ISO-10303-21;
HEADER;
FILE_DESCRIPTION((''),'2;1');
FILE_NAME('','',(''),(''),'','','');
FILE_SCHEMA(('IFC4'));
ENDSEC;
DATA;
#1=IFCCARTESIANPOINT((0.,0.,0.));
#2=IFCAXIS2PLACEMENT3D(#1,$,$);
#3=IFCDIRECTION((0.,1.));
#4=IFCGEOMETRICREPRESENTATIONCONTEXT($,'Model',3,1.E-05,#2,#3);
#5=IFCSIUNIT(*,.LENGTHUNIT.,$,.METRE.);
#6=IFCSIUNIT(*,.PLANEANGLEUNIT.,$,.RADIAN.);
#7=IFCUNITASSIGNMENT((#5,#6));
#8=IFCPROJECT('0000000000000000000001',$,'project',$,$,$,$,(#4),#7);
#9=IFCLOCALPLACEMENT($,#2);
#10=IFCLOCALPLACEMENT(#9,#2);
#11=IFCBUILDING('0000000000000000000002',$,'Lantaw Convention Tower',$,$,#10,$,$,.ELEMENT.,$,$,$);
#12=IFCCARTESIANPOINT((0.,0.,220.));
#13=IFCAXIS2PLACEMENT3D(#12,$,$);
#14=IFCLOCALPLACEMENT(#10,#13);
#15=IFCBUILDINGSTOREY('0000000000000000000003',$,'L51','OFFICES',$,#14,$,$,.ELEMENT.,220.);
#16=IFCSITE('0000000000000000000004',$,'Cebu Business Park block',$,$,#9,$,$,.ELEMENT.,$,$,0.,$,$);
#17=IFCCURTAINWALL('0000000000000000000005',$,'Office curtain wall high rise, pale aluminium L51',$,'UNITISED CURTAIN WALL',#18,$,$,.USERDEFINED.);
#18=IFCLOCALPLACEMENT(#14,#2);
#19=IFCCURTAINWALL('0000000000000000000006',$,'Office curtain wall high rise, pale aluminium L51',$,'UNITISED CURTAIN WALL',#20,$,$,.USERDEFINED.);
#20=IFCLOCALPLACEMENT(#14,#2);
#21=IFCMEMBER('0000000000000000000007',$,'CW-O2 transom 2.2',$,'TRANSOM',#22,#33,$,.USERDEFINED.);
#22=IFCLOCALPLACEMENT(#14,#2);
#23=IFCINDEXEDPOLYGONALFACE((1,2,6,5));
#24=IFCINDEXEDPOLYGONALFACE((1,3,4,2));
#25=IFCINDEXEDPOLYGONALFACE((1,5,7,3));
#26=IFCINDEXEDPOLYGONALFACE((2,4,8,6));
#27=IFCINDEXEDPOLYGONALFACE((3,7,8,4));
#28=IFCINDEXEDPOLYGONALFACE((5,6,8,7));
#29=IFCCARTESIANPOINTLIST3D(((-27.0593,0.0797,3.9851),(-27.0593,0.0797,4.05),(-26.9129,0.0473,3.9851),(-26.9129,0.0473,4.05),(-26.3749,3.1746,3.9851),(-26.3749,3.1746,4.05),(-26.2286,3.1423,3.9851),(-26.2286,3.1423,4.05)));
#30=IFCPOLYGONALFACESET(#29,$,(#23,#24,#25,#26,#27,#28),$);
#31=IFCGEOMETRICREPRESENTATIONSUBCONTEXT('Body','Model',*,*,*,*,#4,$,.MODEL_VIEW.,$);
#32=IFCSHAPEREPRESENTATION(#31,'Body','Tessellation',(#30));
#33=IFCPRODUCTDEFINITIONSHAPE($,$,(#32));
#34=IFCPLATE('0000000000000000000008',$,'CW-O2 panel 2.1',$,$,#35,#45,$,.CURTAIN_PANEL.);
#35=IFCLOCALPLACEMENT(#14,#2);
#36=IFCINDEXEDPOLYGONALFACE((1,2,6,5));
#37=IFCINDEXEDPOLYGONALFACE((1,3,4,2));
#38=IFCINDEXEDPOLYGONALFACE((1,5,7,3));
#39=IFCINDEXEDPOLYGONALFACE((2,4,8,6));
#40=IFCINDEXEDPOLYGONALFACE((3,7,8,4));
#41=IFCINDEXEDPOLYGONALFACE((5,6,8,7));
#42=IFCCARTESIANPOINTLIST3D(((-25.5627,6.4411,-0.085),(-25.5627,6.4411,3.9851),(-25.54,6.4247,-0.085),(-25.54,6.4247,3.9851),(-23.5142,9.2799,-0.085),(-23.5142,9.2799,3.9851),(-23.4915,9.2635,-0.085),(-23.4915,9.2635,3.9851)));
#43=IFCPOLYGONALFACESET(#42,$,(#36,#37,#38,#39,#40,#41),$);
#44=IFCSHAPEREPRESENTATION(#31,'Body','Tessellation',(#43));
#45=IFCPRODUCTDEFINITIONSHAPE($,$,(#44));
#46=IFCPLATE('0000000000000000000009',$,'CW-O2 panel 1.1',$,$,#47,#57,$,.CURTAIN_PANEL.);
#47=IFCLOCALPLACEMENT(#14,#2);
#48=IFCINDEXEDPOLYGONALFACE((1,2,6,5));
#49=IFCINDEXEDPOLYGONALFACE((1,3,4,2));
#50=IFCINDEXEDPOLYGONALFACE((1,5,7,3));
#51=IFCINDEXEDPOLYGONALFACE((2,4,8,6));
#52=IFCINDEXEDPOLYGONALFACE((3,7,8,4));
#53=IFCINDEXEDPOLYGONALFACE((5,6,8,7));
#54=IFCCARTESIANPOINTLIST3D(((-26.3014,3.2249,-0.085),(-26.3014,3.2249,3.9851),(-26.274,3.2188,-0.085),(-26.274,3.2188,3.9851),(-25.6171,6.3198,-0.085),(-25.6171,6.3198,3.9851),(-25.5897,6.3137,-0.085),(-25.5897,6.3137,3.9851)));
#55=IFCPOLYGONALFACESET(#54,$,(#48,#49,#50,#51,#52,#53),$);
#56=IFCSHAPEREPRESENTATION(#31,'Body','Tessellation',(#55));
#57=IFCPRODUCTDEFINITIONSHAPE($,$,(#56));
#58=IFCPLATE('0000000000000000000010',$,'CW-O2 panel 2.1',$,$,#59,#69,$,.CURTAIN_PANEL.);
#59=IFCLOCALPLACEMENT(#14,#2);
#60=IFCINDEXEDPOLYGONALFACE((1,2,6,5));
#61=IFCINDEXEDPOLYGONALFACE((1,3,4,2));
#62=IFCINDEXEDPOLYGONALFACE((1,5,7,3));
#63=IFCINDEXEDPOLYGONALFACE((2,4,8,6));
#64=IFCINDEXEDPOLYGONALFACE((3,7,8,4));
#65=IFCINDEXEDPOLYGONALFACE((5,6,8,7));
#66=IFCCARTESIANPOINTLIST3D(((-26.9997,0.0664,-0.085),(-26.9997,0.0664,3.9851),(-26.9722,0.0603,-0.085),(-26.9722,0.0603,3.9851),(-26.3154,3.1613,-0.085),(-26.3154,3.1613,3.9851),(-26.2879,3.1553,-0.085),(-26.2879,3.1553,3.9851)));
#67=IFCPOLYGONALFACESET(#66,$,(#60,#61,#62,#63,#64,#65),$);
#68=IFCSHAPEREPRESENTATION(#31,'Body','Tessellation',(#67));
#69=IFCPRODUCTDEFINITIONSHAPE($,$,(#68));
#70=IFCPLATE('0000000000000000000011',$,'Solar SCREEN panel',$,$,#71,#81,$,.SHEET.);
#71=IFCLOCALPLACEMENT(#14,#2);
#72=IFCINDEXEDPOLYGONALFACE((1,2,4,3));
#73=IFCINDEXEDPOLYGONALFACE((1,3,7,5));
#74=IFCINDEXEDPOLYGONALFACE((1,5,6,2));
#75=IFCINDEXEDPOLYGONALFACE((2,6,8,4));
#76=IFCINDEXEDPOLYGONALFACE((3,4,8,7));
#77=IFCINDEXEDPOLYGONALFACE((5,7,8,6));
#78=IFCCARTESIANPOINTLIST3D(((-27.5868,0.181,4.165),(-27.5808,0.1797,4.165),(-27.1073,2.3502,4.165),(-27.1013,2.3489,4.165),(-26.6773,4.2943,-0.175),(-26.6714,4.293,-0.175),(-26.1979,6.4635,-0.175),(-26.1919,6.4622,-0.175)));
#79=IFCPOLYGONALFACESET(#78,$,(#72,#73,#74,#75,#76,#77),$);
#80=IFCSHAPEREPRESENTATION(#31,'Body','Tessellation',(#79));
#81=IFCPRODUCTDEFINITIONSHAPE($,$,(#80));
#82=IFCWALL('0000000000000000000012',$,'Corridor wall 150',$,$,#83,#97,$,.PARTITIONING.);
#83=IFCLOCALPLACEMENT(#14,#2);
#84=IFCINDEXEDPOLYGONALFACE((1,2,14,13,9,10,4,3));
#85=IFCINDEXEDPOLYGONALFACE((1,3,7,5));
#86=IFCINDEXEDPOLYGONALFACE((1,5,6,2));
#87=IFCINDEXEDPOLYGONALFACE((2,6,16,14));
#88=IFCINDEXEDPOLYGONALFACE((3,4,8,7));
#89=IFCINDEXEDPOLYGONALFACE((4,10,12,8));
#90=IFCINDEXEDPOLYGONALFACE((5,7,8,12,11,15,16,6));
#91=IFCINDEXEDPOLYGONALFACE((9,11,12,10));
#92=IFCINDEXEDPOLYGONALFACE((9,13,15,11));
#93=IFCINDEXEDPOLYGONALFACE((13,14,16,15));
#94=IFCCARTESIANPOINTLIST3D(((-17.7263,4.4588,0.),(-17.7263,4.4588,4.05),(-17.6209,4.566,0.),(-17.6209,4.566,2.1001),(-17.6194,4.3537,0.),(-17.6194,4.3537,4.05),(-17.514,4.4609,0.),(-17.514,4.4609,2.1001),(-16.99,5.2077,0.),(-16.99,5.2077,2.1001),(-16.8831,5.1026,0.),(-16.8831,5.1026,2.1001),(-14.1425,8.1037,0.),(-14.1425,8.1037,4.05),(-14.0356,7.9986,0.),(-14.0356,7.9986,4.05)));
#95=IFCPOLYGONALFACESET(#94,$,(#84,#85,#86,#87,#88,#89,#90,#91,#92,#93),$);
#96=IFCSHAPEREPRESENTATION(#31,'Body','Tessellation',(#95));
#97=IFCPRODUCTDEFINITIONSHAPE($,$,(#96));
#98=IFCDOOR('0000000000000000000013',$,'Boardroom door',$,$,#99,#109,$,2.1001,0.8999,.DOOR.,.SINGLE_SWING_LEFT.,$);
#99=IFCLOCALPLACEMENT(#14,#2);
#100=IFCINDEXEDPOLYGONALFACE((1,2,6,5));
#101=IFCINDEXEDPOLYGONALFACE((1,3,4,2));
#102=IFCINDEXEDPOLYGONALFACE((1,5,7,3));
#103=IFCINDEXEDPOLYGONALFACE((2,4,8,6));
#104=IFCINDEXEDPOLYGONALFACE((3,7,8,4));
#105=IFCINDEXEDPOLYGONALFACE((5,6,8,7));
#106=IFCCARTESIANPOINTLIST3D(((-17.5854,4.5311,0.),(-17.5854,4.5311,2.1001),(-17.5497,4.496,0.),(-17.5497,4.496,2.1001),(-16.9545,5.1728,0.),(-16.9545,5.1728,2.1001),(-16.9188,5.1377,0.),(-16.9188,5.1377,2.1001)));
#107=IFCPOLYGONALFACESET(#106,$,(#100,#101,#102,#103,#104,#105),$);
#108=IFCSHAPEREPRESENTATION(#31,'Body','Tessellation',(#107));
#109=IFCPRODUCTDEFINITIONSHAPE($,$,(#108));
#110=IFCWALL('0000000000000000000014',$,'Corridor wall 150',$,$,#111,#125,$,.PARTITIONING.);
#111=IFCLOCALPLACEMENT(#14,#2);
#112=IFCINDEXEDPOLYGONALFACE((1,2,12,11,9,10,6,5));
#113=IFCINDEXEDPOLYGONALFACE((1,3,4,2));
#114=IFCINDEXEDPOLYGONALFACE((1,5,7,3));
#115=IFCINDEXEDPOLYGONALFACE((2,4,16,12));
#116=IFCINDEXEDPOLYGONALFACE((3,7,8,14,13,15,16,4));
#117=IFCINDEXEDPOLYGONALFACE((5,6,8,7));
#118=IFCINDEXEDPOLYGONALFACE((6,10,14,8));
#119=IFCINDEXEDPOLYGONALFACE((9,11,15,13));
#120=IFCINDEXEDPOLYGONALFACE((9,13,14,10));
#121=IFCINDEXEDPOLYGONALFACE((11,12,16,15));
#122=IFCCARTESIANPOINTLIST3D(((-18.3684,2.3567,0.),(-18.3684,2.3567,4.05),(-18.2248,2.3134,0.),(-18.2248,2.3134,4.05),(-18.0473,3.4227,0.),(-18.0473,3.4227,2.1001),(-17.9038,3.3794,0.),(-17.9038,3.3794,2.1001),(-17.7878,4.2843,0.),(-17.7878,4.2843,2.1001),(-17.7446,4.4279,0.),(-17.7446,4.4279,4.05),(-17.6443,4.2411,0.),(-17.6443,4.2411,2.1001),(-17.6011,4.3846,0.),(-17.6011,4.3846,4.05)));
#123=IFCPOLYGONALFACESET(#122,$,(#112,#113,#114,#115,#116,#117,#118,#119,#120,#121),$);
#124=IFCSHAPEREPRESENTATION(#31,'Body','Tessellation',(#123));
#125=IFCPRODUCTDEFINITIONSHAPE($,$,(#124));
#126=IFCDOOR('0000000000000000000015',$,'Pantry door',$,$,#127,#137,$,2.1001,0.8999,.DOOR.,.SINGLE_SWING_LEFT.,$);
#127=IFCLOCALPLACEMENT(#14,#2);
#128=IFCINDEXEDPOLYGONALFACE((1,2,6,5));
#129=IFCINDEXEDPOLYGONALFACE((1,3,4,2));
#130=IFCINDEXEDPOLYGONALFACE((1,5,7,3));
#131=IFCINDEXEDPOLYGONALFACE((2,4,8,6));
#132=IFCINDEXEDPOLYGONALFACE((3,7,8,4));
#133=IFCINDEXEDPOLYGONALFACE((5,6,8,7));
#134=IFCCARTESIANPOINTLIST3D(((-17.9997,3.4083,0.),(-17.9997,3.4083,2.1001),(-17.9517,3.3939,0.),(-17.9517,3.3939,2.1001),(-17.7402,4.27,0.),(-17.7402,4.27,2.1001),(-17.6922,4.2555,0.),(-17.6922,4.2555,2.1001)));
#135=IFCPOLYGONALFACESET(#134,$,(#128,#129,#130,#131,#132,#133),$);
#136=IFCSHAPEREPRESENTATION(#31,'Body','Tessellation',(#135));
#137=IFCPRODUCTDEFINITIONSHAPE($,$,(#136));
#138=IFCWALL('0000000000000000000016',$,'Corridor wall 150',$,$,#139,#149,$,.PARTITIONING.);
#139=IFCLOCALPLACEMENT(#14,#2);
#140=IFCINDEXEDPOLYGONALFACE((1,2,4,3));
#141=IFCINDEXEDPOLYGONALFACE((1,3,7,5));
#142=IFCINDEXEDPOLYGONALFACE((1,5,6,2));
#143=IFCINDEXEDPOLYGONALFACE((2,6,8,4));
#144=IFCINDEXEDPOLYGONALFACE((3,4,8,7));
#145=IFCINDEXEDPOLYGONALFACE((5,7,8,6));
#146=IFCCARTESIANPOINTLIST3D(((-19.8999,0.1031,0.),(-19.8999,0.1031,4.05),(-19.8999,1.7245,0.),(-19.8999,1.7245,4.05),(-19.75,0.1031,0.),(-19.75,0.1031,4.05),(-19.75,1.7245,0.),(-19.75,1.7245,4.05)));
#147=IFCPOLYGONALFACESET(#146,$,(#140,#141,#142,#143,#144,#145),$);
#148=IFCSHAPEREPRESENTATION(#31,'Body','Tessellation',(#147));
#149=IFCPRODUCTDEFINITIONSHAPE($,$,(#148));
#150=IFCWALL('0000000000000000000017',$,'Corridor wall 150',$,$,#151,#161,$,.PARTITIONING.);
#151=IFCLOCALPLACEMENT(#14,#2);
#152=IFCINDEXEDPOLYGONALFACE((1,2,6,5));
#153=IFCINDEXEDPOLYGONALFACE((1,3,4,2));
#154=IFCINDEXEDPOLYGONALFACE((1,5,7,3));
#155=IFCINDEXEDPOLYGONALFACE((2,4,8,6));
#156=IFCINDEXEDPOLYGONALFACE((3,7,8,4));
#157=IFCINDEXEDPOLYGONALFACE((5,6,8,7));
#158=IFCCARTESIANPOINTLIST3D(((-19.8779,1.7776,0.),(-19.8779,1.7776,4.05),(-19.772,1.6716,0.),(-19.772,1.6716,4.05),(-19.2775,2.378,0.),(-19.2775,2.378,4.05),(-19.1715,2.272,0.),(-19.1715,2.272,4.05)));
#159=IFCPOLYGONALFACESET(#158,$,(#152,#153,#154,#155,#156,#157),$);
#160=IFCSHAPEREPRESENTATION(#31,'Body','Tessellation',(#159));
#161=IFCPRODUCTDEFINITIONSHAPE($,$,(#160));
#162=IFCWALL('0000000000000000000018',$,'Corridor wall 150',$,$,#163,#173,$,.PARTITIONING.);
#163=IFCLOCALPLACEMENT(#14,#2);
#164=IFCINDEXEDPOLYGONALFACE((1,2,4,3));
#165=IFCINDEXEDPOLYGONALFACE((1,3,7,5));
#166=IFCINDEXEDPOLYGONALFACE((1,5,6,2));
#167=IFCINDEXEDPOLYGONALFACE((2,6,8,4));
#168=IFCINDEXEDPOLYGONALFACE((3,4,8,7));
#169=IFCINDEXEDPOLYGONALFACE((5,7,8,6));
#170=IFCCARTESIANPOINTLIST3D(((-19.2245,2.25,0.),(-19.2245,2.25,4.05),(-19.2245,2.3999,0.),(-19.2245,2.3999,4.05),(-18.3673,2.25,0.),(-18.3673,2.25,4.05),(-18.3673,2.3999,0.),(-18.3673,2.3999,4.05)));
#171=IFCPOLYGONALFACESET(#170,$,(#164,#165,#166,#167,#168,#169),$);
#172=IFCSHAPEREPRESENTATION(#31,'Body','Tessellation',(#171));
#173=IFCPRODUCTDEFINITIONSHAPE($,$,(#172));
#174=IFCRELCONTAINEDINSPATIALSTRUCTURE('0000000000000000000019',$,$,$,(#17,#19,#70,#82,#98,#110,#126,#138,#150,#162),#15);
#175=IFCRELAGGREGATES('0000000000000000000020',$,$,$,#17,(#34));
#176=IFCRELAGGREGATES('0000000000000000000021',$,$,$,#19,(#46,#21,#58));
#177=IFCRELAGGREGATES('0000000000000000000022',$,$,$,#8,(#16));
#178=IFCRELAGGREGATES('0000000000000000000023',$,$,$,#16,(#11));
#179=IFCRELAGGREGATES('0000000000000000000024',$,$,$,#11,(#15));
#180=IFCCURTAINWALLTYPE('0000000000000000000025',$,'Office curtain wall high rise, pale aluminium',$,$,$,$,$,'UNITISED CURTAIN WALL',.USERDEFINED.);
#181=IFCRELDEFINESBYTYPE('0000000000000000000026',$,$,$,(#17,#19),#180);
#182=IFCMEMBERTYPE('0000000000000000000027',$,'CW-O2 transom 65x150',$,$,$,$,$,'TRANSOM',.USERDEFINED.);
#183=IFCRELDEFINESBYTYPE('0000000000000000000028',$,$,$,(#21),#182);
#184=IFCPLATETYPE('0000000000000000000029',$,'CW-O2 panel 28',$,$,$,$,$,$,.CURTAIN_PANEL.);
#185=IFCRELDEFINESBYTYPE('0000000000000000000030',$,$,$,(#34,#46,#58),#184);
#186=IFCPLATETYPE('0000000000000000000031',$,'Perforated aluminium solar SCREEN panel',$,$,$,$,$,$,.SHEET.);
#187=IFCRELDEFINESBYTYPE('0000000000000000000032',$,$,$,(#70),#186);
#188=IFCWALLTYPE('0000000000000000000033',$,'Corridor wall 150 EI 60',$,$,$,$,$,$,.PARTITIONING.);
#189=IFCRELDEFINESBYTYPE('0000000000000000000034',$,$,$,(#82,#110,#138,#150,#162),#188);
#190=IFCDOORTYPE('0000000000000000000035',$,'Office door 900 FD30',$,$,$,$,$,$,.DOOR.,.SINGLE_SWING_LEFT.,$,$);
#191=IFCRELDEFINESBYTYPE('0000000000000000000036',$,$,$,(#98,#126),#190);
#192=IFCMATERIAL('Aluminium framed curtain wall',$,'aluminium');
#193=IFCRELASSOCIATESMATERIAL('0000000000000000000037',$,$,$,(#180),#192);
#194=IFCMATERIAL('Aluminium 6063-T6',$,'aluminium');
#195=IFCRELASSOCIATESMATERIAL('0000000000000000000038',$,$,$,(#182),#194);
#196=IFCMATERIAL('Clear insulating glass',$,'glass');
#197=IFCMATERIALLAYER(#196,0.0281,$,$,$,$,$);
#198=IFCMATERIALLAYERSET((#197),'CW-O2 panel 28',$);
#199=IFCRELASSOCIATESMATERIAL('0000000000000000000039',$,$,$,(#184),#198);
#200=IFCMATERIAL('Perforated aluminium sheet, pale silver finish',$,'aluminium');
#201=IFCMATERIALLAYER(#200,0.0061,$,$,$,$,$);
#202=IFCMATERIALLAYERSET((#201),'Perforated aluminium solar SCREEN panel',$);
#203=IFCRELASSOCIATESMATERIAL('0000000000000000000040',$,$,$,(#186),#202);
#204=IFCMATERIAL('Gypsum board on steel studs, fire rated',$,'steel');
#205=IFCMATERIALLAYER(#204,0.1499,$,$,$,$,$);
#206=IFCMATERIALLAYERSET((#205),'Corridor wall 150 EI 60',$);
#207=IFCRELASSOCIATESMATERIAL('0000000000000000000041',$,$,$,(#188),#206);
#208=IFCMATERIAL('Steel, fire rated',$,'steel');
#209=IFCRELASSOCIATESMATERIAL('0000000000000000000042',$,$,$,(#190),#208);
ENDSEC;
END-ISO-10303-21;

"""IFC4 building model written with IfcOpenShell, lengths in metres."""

from ifc_helpers import new_model, si_unit, direction, frame, frame_2d, origin, origin_2d, place, context, subcontext, project, spatial, polyline, rectangle, outline, extrude, material, layer, layer_set, material_profile, profile_set, type_object, element, fill, aggregate, save


model = new_model("IFC4")

# Units and contexts
model_context = context("Model", 3, precision=1e-05, world=origin(), true_north=direction((0.0, 1.0)))
body_context = subcontext(model_context, "Body", "Model", "MODEL_VIEW")
ifc_project = project(units=[si_unit("LENGTHUNIT", "METRE"), si_unit("PLANEANGLEUNIT", "RADIAN")], contexts=[model_context])

# Site, building, storey
site_placement = place(None, origin())
site = spatial("IfcSite", under=ifc_project, at=site_placement, Name="Cebu Business Park block", CompositionType="ELEMENT", RefElevation=0.0)
building_placement = place(site_placement, origin())
building = spatial("IfcBuilding", under=site, at=building_placement, Name="Lantaw Convention Tower", CompositionType="ELEMENT")
storey_placement = place(building_placement, frame((0.0, 0.0, 220.0)))
storey = spatial("IfcBuildingStorey", under=building, at=storey_placement, Name="L51", Description="OFFICES", CompositionType="ELEMENT", Elevation=220.0)

# Curtain wall
ifc_material_1 = material(Name="Aluminium framed curtain wall", Category="aluminium")
curtain_wall_type = type_object("IfcCurtainWallType", Name="Office curtain wall high rise, pale aluminium", ElementType="UNITISED CURTAIN WALL", PredefinedType="USERDEFINED", material=ifc_material_1)
curtain_wall_1_placement = place(storey_placement, origin())
curtain_wall_1 = element("IfcCurtainWall", 1, at=curtain_wall_1_placement, inside=storey, type_object=curtain_wall_type, Name="Office curtain wall high rise, pale aluminium L51", ObjectType="UNITISED CURTAIN WALL", PredefinedType="USERDEFINED")
ifc_material_2 = material(Name="Aluminium 6063-T6", Category="aluminium")

# Curtain wall, member
curtain_wall_2_placement = place(storey_placement, origin())
curtain_wall_2 = element("IfcCurtainWall", 2, at=curtain_wall_2_placement, inside=storey, type_object=curtain_wall_type, Name="Office curtain wall high rise, pale aluminium L51", ObjectType="UNITISED CURTAIN WALL", PredefinedType="USERDEFINED")
ifc_material_profile_1 = material_profile(ifc_material_2, rectangle(XDim=0.1499, YDim=0.0649, at=origin_2d()), Name="CW-O2 transom 65x150")
ifc_profile_set_1 = profile_set([ifc_material_profile_1], Name="Aluminium 6063-T6")
member_type_1 = type_object("IfcMemberType", Name="CW-O2 transom 65x150", ElementType="TRANSOM", PredefinedType="USERDEFINED", material=ifc_profile_set_1)
member_1_placement = place(storey_placement, frame((-26.3018, 3.1584, 4.0176), z_axis=(-0.215895, -0.976417, 0.0), x_axis=(0.976417, -0.215895, 0.0)))
member_1 = element("IfcMember", 3, at=member_1_placement, type_object=member_type_1, Name="CW-O2 transom 2.2", ObjectType="TRANSOM", PredefinedType="USERDEFINED", context=body_context, shape_type="SweptSolid", body=[
    extrude(rectangle(XDim=0.1499, YDim=0.0649, at=origin_2d()), origin(), (0.0, 0.0, 1.0), 3.1697),
])

# Plates
ifc_material_3 = material(Name="Clear insulating glass", Category="glass")
ifc_layer_1 = layer(ifc_material_3, 0.0281)
ifc_layer_set_1 = layer_set([ifc_layer_1], Name="CW-O2 panel 28")
plate_type_1 = type_object("IfcPlateType", Name="CW-O2 panel 28", PredefinedType="CURTAIN_PANEL", material=ifc_layer_set_1)
plate_1_placement = place(storey_placement, frame((-24.5271, 7.8523, -0.085), z_axis=(0.0, 0.0, 1.0), x_axis=(-0.585158, -0.81092, 0.0)))
plate_1 = element("IfcPlate", 4, at=plate_1_placement, type_object=plate_type_1, Name="CW-O2 panel 2.1", PredefinedType="CURTAIN_PANEL", context=body_context, shape_type="SweptSolid", body=[
    extrude(rectangle(XDim=3.5007, YDim=0.0281, at=origin_2d()), origin(), (0.0, 0.0, 1.0), 4.0701),
])
aggregate(curtain_wall_1, [plate_1])
plate_2_placement = place(storey_placement, frame((-25.9456, 4.7693, -0.085), z_axis=(0.0, 0.0, 1.0), x_axis=(-0.215891, -0.976417, 0.0)))
plate_2 = element("IfcPlate", 5, at=plate_2_placement, type_object=plate_type_1, Name="CW-O2 panel 1.1", PredefinedType="CURTAIN_PANEL", context=body_context, shape_type="SweptSolid", body=[
    extrude(rectangle(XDim=3.1697, YDim=0.0281, at=origin_2d()), origin(), (0.0, 0.0, 1.0), 4.0701),
])
plate_3_placement = place(storey_placement, frame((-26.6438, 1.6108, -0.085), z_axis=(0.0, 0.0, 1.0), x_axis=(-0.215891, -0.976417, 0.0)))
plate_3 = element("IfcPlate", 6, at=plate_3_placement, type_object=plate_type_1, Name="CW-O2 panel 2.1", PredefinedType="CURTAIN_PANEL", context=body_context, shape_type="SweptSolid", body=[
    extrude(rectangle(XDim=3.1697, YDim=0.0281, at=origin_2d()), origin(), (0.0, 0.0, 1.0), 4.0701),
])
aggregate(curtain_wall_2, [plate_2, member_1, plate_3])
ifc_material_4 = material(Name="Perforated aluminium sheet, pale silver finish", Category="aluminium")
ifc_layer_2 = layer(ifc_material_4, 0.0061)
ifc_layer_set_2 = layer_set([ifc_layer_2], Name="Perforated aluminium solar SCREEN panel")
plate_type_2 = type_object("IfcPlateType", Name="Perforated aluminium solar SCREEN panel", PredefinedType="SHEET", material=ifc_layer_set_2)
plate_4_placement = place(storey_placement, frame((-26.1919, 6.4622, -0.175), z_axis=(0.97643, -0.215837, 0.000044), x_axis=(-0.215837, -0.97643, 0.0)))
element("IfcPlate", 7, at=plate_4_placement, inside=storey, type_object=plate_type_2, Name="Solar SCREEN panel", PredefinedType="SHEET", context=body_context, shape_type="SweptSolid", body=[
    extrude(outline(polyline([(0.0, 0.0), (2.2216, 0.0), (6.4342, -4.3401), (4.2126, -4.3401), (0.0, 0.0)])), origin(), (0.0, 0.0, -1.0), 0.0061),
])

# Walls, openings, doors
ifc_material_5 = material(Name="Gypsum board on steel studs, fire rated", Category="steel")
ifc_layer_3 = layer(ifc_material_5, 0.1499)
ifc_layer_set_3 = layer_set([ifc_layer_3], Name="Corridor wall 150 EI 60")
wall_type_1 = type_object("IfcWallType", Name="Corridor wall 150 EI 60", PredefinedType="PARTITIONING", material=ifc_layer_set_3)
wall_1_placement = place(storey_placement, frame((-14.0891, 8.051, 0.0), z_axis=(0.0, 0.0, 1.0), x_axis=(-0.701111, -0.713052, 0.0)))
wall_1 = element("IfcWall", 8, at=wall_1_placement, inside=storey, type_object=wall_type_1, Name="Corridor wall 150", PredefinedType="PARTITIONING", context=body_context, shape_type="SweptSolid", body=[
    extrude(rectangle(XDim=5.1116, YDim=0.1499, at=frame_2d((2.5557, 0.0))), origin(), (0.0, 0.0, 1.0), 4.05),
])
opening_1_placement = place(wall_1_placement, frame((4.0613, 0.0, 0.0)))
opening_1 = element("IfcOpeningElement", 9, at=opening_1_placement, cuts=wall_1, PredefinedType="OPENING", context=body_context, shape_type="SweptSolid", body=[
    extrude(rectangle(XDim=0.8999, YDim=2.1001, at=frame_2d((0.45, 1.05))), frame((0.0, 0.085, 0.0), z_axis=(0.0, -1.0, 0.0), x_axis=(1.0, 0.0, 0.0)), (0.0, 0.0, 1.0), 0.1699),
])
ifc_material_6 = material(Name="Steel, fire rated", Category="steel")
door_type_1 = type_object("IfcDoorType", Name="Office door 900 FD30", OperationType="SINGLE_SWING_LEFT", PredefinedType="DOOR", material=ifc_material_6)
door_1_placement = place(opening_1_placement, origin())
door_1 = element("IfcDoor", 10, at=door_1_placement, inside=storey, type_object=door_type_1, Name="Boardroom door", OperationType="SINGLE_SWING_LEFT", OverallHeight=2.1001, OverallWidth=0.8999, PredefinedType="DOOR", context=body_context, shape_type="SweptSolid", body=[
    extrude(rectangle(XDim=0.8999, YDim=2.1001, at=frame_2d((0.45, 1.05))), frame((0.0, 0.0249, 0.0), z_axis=(0.0, -1.0, 0.0), x_axis=(1.0, 0.0, 0.0)), (0.0, 0.0, 1.0), 0.05),
])
fill(opening_1, door_1)
wall_2_placement = place(storey_placement, frame((-17.6729, 4.4062, 0.0), z_axis=(0.0, 0.0, 1.0), x_axis=(-0.288362, -0.957521, 0.0)))
wall_2 = element("IfcWall", 11, at=wall_2_placement, inside=storey, type_object=wall_type_1, Name="Corridor wall 150", PredefinedType="PARTITIONING", context=body_context, shape_type="SweptSolid", body=[
    extrude(rectangle(XDim=2.1631, YDim=0.1499, at=frame_2d((1.0815, 0.0))), origin(), (0.0, 0.0, 1.0), 4.05),
])
opening_2_placement = place(wall_2_placement, frame((0.1499, 0.0, 0.0)))
opening_2 = element("IfcOpeningElement", 12, at=opening_2_placement, cuts=wall_2, PredefinedType="OPENING", context=body_context, shape_type="SweptSolid", body=[
    extrude(rectangle(XDim=0.8999, YDim=2.1001, at=frame_2d((0.45, 1.05))), frame((0.0, 0.085, 0.0), z_axis=(0.0, -1.0, 0.0), x_axis=(1.0, 0.0, 0.0)), (0.0, 0.0, 1.0), 0.1699),
])
door_2_placement = place(opening_2_placement, origin())
door_2 = element("IfcDoor", 13, at=door_2_placement, inside=storey, type_object=door_type_1, Name="Pantry door", OperationType="SINGLE_SWING_LEFT", OverallHeight=2.1001, OverallWidth=0.8999, PredefinedType="DOOR", context=body_context, shape_type="SweptSolid", body=[
    extrude(rectangle(XDim=0.8999, YDim=2.1001, at=frame_2d((0.45, 1.05))), frame((0.0, 0.0249, 0.0), z_axis=(0.0, -1.0, 0.0), x_axis=(1.0, 0.0, 0.0)), (0.0, 0.0, 1.0), 0.05),
])
fill(opening_2, door_2)

# Walls
wall_3_placement = place(storey_placement, frame((-19.825, 0.1033, 0.0), z_axis=(0.0, 0.0, 1.0), x_axis=(0.0, 1.0, 0.0)))
element("IfcWall", 14, at=wall_3_placement, inside=storey, type_object=wall_type_1, Name="Corridor wall 150", PredefinedType="PARTITIONING", context=body_context, shape_type="SweptSolid", body=[
    extrude(rectangle(XDim=1.6213, YDim=0.1499, at=frame_2d((0.8105, 0.0))), origin(), (0.0, 0.0, 1.0), 4.05),
])
wall_4_placement = place(storey_placement, frame((-19.825, 1.7246, 0.0), z_axis=(0.0, 0.0, 1.0), x_axis=(0.707107, 0.707107, 0.0)))
element("IfcWall", 15, at=wall_4_placement, inside=storey, type_object=wall_type_1, Name="Corridor wall 150", PredefinedType="PARTITIONING", context=body_context, shape_type="SweptSolid", body=[
    extrude(rectangle(XDim=0.8491, YDim=0.1499, at=frame_2d((0.4246, 0.0))), origin(), (0.0, 0.0, 1.0), 4.05),
])
wall_5_placement = place(storey_placement, frame((-19.2246, 2.325, 0.0), z_axis=(0.0, 0.0, 1.0), x_axis=(1.0, 0.0, 0.0)))
element("IfcWall", 16, at=wall_5_placement, inside=storey, type_object=wall_type_1, Name="Corridor wall 150", PredefinedType="PARTITIONING", context=body_context, shape_type="SweptSolid", body=[
    extrude(rectangle(XDim=0.8572, YDim=0.1499, at=frame_2d((0.4287, 0.0))), origin(), (0.0, 0.0, 1.0), 4.05),
])

save(model, "model.ifc")
